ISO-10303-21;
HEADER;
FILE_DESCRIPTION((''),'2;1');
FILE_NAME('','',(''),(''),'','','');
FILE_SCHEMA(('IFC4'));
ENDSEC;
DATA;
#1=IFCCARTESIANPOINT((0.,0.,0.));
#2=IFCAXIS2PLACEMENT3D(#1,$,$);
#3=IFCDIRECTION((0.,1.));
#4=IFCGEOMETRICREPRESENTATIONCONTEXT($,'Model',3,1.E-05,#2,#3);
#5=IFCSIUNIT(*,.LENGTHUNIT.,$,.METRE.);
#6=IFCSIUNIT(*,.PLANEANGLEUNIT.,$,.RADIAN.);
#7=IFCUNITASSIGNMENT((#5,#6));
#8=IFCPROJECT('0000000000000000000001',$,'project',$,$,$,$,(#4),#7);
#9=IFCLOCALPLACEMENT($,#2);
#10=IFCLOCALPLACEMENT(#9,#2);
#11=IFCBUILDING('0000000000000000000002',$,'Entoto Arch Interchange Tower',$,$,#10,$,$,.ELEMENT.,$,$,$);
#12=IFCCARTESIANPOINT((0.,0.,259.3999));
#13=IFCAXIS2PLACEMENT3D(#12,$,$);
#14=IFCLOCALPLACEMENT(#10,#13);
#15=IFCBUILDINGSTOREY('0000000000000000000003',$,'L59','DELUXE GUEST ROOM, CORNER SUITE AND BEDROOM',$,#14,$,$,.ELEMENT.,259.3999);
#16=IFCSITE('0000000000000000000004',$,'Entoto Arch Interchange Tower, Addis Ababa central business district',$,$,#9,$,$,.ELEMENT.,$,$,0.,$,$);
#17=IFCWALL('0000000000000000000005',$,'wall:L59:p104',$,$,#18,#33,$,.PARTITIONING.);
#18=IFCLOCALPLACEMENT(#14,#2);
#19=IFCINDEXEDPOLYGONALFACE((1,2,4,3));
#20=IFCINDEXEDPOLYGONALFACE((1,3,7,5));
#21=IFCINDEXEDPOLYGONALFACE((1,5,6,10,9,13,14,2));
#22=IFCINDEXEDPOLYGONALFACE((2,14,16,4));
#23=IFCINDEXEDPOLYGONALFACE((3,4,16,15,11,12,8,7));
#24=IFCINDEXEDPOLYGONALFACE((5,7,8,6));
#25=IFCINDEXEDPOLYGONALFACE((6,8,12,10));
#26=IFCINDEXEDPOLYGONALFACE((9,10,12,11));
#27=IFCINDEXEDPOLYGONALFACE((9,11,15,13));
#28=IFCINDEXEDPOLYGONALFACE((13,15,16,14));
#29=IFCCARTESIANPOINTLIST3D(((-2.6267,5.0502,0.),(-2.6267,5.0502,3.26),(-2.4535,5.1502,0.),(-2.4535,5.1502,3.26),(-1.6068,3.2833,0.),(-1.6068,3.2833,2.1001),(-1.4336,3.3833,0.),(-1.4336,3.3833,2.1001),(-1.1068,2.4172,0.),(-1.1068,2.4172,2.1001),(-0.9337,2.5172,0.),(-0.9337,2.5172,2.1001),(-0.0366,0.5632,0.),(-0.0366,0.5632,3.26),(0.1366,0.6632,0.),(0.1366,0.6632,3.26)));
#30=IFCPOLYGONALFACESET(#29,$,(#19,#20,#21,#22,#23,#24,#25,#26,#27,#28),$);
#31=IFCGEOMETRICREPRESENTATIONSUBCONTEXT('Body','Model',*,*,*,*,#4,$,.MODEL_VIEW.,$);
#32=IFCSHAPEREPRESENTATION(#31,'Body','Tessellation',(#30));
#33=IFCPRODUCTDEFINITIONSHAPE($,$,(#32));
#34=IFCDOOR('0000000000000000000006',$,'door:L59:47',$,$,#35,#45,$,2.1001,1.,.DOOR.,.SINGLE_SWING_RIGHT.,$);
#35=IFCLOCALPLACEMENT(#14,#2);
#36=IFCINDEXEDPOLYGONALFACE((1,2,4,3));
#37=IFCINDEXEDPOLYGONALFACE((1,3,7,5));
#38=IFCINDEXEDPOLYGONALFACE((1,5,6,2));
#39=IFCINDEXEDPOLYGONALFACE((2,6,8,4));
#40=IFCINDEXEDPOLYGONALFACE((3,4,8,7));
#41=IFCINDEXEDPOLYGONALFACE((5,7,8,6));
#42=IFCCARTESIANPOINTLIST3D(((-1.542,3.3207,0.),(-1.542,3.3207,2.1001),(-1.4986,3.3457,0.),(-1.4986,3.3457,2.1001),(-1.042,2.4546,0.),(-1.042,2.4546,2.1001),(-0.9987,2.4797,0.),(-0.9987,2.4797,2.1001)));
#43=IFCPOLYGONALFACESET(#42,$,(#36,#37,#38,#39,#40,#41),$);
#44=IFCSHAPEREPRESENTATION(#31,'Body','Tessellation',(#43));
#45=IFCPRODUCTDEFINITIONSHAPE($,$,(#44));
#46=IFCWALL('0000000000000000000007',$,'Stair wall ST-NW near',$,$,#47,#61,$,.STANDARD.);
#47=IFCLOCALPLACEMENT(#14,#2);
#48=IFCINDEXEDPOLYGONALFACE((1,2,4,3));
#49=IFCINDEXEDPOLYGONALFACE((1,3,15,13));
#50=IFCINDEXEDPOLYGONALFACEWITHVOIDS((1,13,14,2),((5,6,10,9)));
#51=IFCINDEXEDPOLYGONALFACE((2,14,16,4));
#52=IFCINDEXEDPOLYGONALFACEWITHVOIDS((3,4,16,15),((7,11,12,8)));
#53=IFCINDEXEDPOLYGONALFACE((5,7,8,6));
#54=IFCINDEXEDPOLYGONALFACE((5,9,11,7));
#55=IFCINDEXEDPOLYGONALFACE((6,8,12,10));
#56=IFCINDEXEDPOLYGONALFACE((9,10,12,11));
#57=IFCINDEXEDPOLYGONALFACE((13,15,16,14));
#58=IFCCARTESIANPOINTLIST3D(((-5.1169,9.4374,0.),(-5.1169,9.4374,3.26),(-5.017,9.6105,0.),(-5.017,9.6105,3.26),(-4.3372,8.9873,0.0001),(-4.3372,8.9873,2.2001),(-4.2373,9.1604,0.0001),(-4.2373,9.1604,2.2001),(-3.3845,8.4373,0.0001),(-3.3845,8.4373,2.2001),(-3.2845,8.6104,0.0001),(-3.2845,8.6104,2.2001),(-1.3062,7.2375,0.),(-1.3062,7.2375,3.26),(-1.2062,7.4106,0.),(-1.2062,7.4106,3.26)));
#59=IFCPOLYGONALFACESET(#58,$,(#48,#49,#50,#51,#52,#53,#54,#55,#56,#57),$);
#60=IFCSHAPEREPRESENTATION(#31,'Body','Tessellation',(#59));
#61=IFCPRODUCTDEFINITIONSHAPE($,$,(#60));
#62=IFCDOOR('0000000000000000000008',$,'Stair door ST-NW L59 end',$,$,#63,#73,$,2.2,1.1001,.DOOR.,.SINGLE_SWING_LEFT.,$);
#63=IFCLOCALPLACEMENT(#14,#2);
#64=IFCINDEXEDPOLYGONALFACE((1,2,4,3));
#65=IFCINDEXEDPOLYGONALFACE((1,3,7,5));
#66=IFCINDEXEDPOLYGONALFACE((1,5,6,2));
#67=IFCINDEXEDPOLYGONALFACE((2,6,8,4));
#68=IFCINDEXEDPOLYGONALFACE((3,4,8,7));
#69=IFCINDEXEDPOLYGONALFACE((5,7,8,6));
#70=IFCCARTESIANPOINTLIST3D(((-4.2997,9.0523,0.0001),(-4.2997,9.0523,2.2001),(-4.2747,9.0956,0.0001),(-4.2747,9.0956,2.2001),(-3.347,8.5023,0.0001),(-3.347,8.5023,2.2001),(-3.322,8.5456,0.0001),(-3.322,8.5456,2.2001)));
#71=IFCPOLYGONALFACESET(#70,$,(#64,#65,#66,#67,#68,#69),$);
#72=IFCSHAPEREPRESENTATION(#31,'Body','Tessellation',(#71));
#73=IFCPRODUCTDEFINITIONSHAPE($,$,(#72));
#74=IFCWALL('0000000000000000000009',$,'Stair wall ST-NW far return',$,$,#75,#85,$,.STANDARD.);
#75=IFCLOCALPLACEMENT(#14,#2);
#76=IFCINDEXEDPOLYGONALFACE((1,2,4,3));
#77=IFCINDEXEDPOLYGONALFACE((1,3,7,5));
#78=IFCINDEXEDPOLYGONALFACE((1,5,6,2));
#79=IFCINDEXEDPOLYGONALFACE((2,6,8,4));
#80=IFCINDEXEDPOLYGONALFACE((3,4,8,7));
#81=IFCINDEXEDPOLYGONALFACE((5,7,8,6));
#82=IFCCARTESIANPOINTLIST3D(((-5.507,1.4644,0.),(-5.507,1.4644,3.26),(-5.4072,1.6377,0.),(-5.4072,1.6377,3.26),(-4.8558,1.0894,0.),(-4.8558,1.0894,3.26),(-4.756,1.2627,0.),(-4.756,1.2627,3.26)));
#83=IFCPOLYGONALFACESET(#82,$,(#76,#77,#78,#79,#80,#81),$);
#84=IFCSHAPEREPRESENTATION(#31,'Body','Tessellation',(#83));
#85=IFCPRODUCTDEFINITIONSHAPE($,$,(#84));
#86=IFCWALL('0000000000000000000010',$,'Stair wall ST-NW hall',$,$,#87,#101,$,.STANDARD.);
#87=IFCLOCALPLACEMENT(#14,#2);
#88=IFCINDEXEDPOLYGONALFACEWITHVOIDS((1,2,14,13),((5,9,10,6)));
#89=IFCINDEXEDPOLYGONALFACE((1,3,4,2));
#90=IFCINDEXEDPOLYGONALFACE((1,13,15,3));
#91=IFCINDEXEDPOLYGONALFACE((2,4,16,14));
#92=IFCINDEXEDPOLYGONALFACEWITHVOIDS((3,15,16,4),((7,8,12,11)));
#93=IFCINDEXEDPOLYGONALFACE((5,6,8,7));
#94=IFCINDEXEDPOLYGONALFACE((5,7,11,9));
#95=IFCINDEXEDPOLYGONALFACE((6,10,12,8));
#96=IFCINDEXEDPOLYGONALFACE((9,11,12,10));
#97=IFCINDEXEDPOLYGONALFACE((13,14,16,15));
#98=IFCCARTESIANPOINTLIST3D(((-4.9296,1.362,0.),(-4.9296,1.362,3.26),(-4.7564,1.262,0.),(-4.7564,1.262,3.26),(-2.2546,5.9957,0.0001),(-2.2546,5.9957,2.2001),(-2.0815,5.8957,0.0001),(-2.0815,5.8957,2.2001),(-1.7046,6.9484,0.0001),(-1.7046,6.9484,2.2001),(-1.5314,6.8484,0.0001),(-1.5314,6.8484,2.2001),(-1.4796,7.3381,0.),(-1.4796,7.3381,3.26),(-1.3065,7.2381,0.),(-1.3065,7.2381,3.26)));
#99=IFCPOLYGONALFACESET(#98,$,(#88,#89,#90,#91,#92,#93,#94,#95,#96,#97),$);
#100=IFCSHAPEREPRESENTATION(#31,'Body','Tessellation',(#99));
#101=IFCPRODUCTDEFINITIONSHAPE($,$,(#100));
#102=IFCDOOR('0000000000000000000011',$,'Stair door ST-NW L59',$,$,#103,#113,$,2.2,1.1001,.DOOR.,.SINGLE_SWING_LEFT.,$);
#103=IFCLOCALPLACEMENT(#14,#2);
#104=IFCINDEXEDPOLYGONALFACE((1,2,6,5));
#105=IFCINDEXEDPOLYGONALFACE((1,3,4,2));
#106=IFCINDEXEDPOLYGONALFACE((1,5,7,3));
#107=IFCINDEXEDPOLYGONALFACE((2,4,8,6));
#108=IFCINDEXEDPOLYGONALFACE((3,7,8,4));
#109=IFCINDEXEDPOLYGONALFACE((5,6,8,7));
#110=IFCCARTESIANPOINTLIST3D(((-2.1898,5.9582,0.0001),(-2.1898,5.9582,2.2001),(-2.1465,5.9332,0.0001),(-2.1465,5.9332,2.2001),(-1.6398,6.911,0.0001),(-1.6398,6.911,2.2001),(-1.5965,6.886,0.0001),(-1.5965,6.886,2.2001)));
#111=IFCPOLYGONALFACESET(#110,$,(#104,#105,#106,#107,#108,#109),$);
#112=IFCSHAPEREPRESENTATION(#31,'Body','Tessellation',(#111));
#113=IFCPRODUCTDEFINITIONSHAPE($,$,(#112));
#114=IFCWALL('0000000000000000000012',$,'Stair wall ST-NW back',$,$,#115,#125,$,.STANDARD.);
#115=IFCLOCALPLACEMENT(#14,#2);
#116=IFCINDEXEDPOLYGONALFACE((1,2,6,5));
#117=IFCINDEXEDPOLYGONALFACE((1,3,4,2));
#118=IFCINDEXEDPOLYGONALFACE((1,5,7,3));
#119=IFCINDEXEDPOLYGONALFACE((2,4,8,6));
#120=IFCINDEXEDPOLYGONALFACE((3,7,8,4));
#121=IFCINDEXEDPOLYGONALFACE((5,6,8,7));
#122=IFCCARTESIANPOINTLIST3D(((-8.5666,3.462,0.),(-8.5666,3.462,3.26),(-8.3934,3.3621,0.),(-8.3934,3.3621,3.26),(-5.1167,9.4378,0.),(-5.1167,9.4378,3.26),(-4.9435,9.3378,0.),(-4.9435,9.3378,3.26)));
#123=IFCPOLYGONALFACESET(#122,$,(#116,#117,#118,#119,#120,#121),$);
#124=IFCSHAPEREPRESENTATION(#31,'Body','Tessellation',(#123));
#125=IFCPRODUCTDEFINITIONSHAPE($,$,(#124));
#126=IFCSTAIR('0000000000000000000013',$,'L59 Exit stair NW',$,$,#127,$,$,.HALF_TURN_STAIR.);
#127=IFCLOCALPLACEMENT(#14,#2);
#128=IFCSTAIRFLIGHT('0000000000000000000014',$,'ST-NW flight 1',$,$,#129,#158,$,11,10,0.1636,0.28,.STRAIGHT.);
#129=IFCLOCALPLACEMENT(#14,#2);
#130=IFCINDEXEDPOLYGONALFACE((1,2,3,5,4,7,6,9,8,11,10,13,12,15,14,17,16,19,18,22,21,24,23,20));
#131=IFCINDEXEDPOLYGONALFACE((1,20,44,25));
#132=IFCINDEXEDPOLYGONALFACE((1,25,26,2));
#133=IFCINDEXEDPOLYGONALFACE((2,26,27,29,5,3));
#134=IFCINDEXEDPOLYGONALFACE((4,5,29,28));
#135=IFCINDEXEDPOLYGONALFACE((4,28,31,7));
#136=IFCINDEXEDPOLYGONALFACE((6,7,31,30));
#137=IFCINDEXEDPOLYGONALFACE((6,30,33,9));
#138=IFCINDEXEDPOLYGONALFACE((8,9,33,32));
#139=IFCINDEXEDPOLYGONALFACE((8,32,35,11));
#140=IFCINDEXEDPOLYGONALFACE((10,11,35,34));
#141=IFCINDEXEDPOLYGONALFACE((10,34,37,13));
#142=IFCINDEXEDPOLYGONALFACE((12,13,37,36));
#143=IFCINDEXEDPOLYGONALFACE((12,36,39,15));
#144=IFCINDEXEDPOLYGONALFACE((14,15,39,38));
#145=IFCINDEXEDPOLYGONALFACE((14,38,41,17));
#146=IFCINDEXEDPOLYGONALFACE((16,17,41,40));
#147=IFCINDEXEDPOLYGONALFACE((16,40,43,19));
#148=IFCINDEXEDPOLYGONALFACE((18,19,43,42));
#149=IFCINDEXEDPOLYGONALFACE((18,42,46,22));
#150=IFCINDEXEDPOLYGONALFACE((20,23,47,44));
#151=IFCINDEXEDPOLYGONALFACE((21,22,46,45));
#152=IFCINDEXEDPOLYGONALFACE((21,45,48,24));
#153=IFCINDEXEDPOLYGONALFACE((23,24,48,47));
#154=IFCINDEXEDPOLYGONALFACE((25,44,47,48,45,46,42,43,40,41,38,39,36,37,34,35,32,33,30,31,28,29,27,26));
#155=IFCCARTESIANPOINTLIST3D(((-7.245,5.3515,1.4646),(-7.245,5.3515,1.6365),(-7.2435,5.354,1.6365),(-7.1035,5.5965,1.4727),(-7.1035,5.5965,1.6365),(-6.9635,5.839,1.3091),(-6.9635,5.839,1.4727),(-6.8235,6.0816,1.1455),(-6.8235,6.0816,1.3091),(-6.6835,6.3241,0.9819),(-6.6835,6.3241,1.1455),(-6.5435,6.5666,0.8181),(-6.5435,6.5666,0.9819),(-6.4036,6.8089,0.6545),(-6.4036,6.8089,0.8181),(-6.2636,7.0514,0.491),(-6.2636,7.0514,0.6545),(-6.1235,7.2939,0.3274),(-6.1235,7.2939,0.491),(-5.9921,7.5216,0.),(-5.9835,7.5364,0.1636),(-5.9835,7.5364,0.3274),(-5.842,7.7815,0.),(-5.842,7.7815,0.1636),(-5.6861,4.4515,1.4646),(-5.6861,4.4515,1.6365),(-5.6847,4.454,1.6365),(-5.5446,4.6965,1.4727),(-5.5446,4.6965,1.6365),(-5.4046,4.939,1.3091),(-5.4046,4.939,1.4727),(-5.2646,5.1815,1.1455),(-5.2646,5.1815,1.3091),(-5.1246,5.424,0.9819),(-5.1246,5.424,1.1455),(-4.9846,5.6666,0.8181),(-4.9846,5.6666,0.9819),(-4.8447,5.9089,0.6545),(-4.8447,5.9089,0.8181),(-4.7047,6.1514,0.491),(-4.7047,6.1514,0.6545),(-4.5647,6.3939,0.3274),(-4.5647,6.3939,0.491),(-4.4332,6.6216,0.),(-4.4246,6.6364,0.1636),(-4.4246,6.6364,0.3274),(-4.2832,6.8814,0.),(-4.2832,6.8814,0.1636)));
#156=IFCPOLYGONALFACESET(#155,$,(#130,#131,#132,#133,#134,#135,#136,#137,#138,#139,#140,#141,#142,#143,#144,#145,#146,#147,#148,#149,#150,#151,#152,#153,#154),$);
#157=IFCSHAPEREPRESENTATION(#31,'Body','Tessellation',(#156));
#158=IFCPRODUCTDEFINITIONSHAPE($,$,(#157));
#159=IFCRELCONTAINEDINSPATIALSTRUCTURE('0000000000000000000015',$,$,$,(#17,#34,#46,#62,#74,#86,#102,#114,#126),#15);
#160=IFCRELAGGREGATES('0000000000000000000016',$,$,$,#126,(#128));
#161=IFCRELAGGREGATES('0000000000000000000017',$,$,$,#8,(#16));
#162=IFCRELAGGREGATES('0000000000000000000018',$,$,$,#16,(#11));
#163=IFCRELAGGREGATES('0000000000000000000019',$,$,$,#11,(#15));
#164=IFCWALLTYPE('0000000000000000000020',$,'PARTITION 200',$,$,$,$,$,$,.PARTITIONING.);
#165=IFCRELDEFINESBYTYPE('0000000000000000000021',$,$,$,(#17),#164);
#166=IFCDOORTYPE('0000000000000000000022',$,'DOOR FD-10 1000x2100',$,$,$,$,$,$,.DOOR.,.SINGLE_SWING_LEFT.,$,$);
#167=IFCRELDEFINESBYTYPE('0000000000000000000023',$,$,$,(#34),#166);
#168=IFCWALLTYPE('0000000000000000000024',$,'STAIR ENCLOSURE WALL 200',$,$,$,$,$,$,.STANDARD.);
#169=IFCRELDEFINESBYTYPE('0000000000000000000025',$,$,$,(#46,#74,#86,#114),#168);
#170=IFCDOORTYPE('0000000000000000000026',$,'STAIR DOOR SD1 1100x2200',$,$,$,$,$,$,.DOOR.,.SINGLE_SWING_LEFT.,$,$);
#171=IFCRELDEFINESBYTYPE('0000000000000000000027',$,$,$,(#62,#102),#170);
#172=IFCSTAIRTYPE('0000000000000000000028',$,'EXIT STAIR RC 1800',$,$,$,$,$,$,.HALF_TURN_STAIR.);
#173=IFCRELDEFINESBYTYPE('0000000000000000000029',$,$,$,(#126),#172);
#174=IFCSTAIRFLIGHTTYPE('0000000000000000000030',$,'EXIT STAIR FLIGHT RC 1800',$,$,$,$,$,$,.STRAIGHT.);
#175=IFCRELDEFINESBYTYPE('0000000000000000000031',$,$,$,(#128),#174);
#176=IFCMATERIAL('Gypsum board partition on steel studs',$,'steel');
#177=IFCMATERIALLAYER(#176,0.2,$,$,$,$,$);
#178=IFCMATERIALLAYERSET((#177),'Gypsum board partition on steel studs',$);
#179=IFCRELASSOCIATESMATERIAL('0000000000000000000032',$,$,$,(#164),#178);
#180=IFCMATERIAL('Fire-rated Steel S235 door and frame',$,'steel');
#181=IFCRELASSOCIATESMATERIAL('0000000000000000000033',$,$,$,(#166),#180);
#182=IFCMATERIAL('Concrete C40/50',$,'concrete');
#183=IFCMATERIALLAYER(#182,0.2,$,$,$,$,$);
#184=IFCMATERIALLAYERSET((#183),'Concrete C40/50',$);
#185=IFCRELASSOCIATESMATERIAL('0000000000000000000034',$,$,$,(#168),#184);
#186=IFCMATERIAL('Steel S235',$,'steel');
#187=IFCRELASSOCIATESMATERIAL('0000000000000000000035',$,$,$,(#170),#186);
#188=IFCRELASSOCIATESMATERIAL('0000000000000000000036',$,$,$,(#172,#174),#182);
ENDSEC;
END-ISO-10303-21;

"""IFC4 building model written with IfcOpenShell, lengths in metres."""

from ifc_helpers import new_model, si_unit, direction, frame, frame_2d, origin, place, context, subcontext, project, spatial, polyline, rectangle, outline, extrude, material, layer, layer_set, type_object, element, fill, aggregate, save


model = new_model("IFC4")

# Units and contexts
model_context = context("Model", 3, precision=1e-05, world=origin(), true_north=direction((0.0, 1.0)))
body_context = subcontext(model_context, "Body", "Model", "MODEL_VIEW")
ifc_project = project(units=[si_unit("LENGTHUNIT", "METRE"), si_unit("PLANEANGLEUNIT", "RADIAN")], contexts=[model_context])

# Site, building, storey
site_placement = place(None, origin())
site = spatial("IfcSite", under=ifc_project, at=site_placement, Name="Entoto Arch Interchange Tower, Addis Ababa central business district", CompositionType="ELEMENT", RefElevation=0.0)
building_placement = place(site_placement, origin())
building = spatial("IfcBuilding", under=site, at=building_placement, Name="Entoto Arch Interchange Tower", CompositionType="ELEMENT")
storey_placement = place(building_placement, frame((0.0, 0.0, 259.3999)))
storey = spatial("IfcBuildingStorey", under=building, at=storey_placement, Name="L59", Description="DELUXE GUEST ROOM, CORNER SUITE AND BEDROOM", CompositionType="ELEMENT", Elevation=259.3999)

# Shared definitions
ifc_material_1 = material(Name="Concrete C40/50", Category="concrete")

# Walls, openings, doors
ifc_material_2 = material(Name="Gypsum board partition on steel studs", Category="steel")
ifc_layer_1 = layer(ifc_material_2, 0.2)
ifc_layer_set_1 = layer_set([ifc_layer_1], Name="Gypsum board partition on steel studs")
wall_type_1 = type_object("IfcWallType", Name="PARTITION 200", PredefinedType="PARTITIONING", material=ifc_layer_set_1)
wall_1_placement = place(storey_placement, frame((-2.54, 5.1001, 0.0), z_axis=(0.0, 0.0, 1.0), x_axis=(0.499925, -0.866069, 0.0)))
wall_1 = element("IfcWall", 1, at=wall_1_placement, inside=storey, type_object=wall_type_1, Name="wall:L59:p104", PredefinedType="PARTITIONING", context=body_context, shape_type="SweptSolid", body=[
    extrude(rectangle(XDim=5.1809, YDim=0.2, at=frame_2d((2.5903, 0.0))), origin(), (0.0, 0.0, 1.0), 3.26),
])
opening_1_placement = place(wall_1_placement, frame((2.04, 0.0, 0.0)))
opening_1 = element("IfcOpeningElement", 2, at=opening_1_placement, cuts=wall_1, PredefinedType="OPENING", context=body_context, shape_type="SweptSolid", body=[
    extrude(rectangle(XDim=1.0, YDim=2.1001, at=frame_2d((0.5, 1.05))), frame((0.0, 0.1099, 0.0), z_axis=(0.0, -1.0, 0.0), x_axis=(1.0, 0.0, 0.0)), (0.0, 0.0, 1.0), 0.22),
])
ifc_material_3 = material(Name="Fire-rated Steel S235 door and frame", Category="steel")
door_type_1 = type_object("IfcDoorType", Name="DOOR FD-10 1000x2100", OperationType="SINGLE_SWING_LEFT", PredefinedType="DOOR", material=ifc_material_3)
door_1_placement = place(opening_1_placement, origin())
door_1 = element("IfcDoor", 3, at=door_1_placement, inside=storey, type_object=door_type_1, Name="door:L59:47", OperationType="SINGLE_SWING_RIGHT", OverallHeight=2.1001, OverallWidth=1.0, PredefinedType="DOOR", context=body_context, shape_type="SweptSolid", body=[
    extrude(rectangle(XDim=1.0, YDim=2.1001, at=frame_2d((0.5, 1.05))), frame((0.0, 0.0249, 0.0), z_axis=(0.0, -1.0, 0.0), x_axis=(1.0, 0.0, 0.0)), (0.0, 0.0, 1.0), 0.05),
])
fill(opening_1, door_1)
ifc_layer_2 = layer(ifc_material_1, 0.2)
ifc_layer_set_2 = layer_set([ifc_layer_2], Name="Concrete C40/50")
wall_type_2 = type_object("IfcWallType", Name="STAIR ENCLOSURE WALL 200", PredefinedType="STANDARD", material=ifc_layer_set_2)
wall_2_placement = place(storey_placement, frame((-1.2561, 7.324, 0.0), z_axis=(0.0, 0.0, 1.0), x_axis=(-0.866046, 0.499964, 0.0)))
wall_2 = element("IfcWall", 4, at=wall_2_placement, inside=storey, type_object=wall_type_2, Name="Stair wall ST-NW near", PredefinedType="STANDARD", context=body_context, shape_type="SweptSolid", body=[
    extrude(rectangle(XDim=4.4001, YDim=0.2, at=frame_2d((2.2002, 0.0))), origin(), (0.0, 0.0, 1.0), 3.26),
])
opening_2_placement = place(wall_2_placement, frame((2.3999, 0.0, 0.0)))
opening_2 = element("IfcOpeningElement", 5, at=opening_2_placement, cuts=wall_2, PredefinedType="OPENING", context=body_context, shape_type="SweptSolid", body=[
    extrude(rectangle(XDim=1.1001, YDim=2.2, at=frame_2d((0.55, 1.1001))), frame((0.0, 0.1099, 0.0), z_axis=(0.0, -1.0, 0.0), x_axis=(1.0, 0.0, 0.0)), (0.0, 0.0, 1.0), 0.22),
])
ifc_material_4 = material(Name="Steel S235", Category="steel")
door_type_2 = type_object("IfcDoorType", Name="STAIR DOOR SD1 1100x2200", OperationType="SINGLE_SWING_LEFT", PredefinedType="DOOR", material=ifc_material_4)
door_2_placement = place(opening_2_placement, origin())
door_2 = element("IfcDoor", 6, at=door_2_placement, inside=storey, type_object=door_type_2, Name="Stair door ST-NW L59 end", OperationType="SINGLE_SWING_LEFT", OverallHeight=2.2, OverallWidth=1.1001, PredefinedType="DOOR", context=body_context, shape_type="SweptSolid", body=[
    extrude(rectangle(XDim=1.1001, YDim=2.2, at=frame_2d((0.55, 1.1001))), frame((0.0, 0.0249, 0.0), z_axis=(0.0, -1.0, 0.0), x_axis=(1.0, 0.0, 0.0)), (0.0, 0.0, 1.0), 0.05),
])
fill(opening_2, door_2)

# Wall
wall_3_placement = place(storey_placement, frame((-4.8059, 1.176, 0.0), z_axis=(0.0, 0.0, 1.0), x_axis=(-0.866559, 0.499075, 0.0)))
element("IfcWall", 7, at=wall_3_placement, inside=storey, type_object=wall_type_2, Name="Stair wall ST-NW far return", PredefinedType="STANDARD", context=body_context, shape_type="SweptSolid", body=[
    extrude(rectangle(XDim=0.7515, YDim=0.2, at=frame_2d((0.3757, 0.0))), origin(), (0.0, 0.0, 1.0), 3.26),
])

# Wall, opening, door
wall_4_placement = place(storey_placement, frame((-1.3931, 7.2881, 0.0), z_axis=(0.0, 0.0, 1.0), x_axis=(-0.499963, -0.866047, 0.0)))
wall_4 = element("IfcWall", 8, at=wall_4_placement, inside=storey, type_object=wall_type_2, Name="Stair wall ST-NW hall", PredefinedType="STANDARD", context=body_context, shape_type="SweptSolid", body=[
    extrude(rectangle(XDim=6.9004, YDim=0.2, at=frame_2d((3.4502, 0.0))), origin(), (0.0, 0.0, 1.0), 3.26),
])
opening_3_placement = place(wall_4_placement, frame((0.45, 0.0, 0.0)))
opening_3 = element("IfcOpeningElement", 9, at=opening_3_placement, cuts=wall_4, PredefinedType="OPENING", context=body_context, shape_type="SweptSolid", body=[
    extrude(rectangle(XDim=1.1001, YDim=2.2, at=frame_2d((0.55, 1.1001))), frame((0.0, 0.1099, 0.0), z_axis=(0.0, -1.0, 0.0), x_axis=(1.0, 0.0, 0.0)), (0.0, 0.0, 1.0), 0.22),
])
door_3_placement = place(opening_3_placement, origin())
door_3 = element("IfcDoor", 10, at=door_3_placement, inside=storey, type_object=door_type_2, Name="Stair door ST-NW L59", OperationType="SINGLE_SWING_LEFT", OverallHeight=2.2, OverallWidth=1.1001, PredefinedType="DOOR", context=body_context, shape_type="SweptSolid", body=[
    extrude(rectangle(XDim=1.1001, YDim=2.2, at=frame_2d((0.55, 1.1001))), frame((0.0, 0.0249, 0.0), z_axis=(0.0, -1.0, 0.0), x_axis=(1.0, 0.0, 0.0)), (0.0, 0.0, 1.0), 0.05),
])
fill(opening_3, door_3)

# Wall
wall_5_placement = place(storey_placement, frame((-5.03, 9.3879, 0.0), z_axis=(0.0, 0.0, 1.0), x_axis=(-0.499979, -0.866038, 0.0)))
element("IfcWall", 11, at=wall_5_placement, inside=storey, type_object=wall_type_2, Name="Stair wall ST-NW back", PredefinedType="STANDARD", context=body_context, shape_type="SweptSolid", body=[
    extrude(rectangle(XDim=6.9001, YDim=0.2, at=frame_2d((3.4502, 0.0))), origin(), (0.0, 0.0, 1.0), 3.26),
])

# Stair, stair flight
stair_type = type_object("IfcStairType", Name="EXIT STAIR RC 1800", PredefinedType="HALF_TURN_STAIR", material=ifc_material_1)
stair_placement = place(storey_placement, origin())
stair = element("IfcStair", 12, at=stair_placement, inside=storey, type_object=stair_type, Name="L59 Exit stair NW", PredefinedType="HALF_TURN_STAIR")
stair_flight_type = type_object("IfcStairFlightType", Name="EXIT STAIR FLIGHT RC 1800", PredefinedType="STRAIGHT", material=ifc_material_1)
stair_flight_1_placement = place(storey_placement, frame((-5.064, 7.3289, 0.0), z_axis=(0.0, 0.0, 1.0), x_axis=(-0.5, -0.866025, 0.0)))
stair_flight_1 = element("IfcStairFlight", 13, at=stair_flight_1_placement, type_object=stair_flight_type, Name="ST-NW flight 1", NumberOfRisers=11, NumberOfTreads=10, PredefinedType="STRAIGHT", RiserHeight=0.1636, TreadLength=0.28, context=body_context, shape_type="SweptSolid", body=[
    extrude(outline(polyline([(-0.0029, 0.0), (-0.0029, 0.1636), (0.28, 0.1636), (0.28, 0.3274), (0.5601, 0.3274), (0.5601, 0.491), (0.8401, 0.491), (0.8401, 0.6545), (1.1201, 0.6545), (1.1201, 0.8181), (1.3999, 0.8181), (1.3999, 0.9819), (1.6799, 0.9819), (1.6799, 1.1455), (1.96, 1.1455), (1.96, 1.3091), (2.24, 1.3091), (2.24, 1.4727), (2.52, 1.4727), (2.52, 1.6365), (2.8, 1.6365), (2.803, 1.6365), (2.803, 1.4646), (0.2971, 0.0), (-0.0029, 0.0)])), frame((0.0, 0.8999, 0.0), z_axis=(0.0, -1.0, 0.0), x_axis=(1.0, 0.0, 0.0)), (0.0, 0.0, 1.0), 1.8),
])
aggregate(stair, [stair_flight_1])

save(model, "model.ifc")
